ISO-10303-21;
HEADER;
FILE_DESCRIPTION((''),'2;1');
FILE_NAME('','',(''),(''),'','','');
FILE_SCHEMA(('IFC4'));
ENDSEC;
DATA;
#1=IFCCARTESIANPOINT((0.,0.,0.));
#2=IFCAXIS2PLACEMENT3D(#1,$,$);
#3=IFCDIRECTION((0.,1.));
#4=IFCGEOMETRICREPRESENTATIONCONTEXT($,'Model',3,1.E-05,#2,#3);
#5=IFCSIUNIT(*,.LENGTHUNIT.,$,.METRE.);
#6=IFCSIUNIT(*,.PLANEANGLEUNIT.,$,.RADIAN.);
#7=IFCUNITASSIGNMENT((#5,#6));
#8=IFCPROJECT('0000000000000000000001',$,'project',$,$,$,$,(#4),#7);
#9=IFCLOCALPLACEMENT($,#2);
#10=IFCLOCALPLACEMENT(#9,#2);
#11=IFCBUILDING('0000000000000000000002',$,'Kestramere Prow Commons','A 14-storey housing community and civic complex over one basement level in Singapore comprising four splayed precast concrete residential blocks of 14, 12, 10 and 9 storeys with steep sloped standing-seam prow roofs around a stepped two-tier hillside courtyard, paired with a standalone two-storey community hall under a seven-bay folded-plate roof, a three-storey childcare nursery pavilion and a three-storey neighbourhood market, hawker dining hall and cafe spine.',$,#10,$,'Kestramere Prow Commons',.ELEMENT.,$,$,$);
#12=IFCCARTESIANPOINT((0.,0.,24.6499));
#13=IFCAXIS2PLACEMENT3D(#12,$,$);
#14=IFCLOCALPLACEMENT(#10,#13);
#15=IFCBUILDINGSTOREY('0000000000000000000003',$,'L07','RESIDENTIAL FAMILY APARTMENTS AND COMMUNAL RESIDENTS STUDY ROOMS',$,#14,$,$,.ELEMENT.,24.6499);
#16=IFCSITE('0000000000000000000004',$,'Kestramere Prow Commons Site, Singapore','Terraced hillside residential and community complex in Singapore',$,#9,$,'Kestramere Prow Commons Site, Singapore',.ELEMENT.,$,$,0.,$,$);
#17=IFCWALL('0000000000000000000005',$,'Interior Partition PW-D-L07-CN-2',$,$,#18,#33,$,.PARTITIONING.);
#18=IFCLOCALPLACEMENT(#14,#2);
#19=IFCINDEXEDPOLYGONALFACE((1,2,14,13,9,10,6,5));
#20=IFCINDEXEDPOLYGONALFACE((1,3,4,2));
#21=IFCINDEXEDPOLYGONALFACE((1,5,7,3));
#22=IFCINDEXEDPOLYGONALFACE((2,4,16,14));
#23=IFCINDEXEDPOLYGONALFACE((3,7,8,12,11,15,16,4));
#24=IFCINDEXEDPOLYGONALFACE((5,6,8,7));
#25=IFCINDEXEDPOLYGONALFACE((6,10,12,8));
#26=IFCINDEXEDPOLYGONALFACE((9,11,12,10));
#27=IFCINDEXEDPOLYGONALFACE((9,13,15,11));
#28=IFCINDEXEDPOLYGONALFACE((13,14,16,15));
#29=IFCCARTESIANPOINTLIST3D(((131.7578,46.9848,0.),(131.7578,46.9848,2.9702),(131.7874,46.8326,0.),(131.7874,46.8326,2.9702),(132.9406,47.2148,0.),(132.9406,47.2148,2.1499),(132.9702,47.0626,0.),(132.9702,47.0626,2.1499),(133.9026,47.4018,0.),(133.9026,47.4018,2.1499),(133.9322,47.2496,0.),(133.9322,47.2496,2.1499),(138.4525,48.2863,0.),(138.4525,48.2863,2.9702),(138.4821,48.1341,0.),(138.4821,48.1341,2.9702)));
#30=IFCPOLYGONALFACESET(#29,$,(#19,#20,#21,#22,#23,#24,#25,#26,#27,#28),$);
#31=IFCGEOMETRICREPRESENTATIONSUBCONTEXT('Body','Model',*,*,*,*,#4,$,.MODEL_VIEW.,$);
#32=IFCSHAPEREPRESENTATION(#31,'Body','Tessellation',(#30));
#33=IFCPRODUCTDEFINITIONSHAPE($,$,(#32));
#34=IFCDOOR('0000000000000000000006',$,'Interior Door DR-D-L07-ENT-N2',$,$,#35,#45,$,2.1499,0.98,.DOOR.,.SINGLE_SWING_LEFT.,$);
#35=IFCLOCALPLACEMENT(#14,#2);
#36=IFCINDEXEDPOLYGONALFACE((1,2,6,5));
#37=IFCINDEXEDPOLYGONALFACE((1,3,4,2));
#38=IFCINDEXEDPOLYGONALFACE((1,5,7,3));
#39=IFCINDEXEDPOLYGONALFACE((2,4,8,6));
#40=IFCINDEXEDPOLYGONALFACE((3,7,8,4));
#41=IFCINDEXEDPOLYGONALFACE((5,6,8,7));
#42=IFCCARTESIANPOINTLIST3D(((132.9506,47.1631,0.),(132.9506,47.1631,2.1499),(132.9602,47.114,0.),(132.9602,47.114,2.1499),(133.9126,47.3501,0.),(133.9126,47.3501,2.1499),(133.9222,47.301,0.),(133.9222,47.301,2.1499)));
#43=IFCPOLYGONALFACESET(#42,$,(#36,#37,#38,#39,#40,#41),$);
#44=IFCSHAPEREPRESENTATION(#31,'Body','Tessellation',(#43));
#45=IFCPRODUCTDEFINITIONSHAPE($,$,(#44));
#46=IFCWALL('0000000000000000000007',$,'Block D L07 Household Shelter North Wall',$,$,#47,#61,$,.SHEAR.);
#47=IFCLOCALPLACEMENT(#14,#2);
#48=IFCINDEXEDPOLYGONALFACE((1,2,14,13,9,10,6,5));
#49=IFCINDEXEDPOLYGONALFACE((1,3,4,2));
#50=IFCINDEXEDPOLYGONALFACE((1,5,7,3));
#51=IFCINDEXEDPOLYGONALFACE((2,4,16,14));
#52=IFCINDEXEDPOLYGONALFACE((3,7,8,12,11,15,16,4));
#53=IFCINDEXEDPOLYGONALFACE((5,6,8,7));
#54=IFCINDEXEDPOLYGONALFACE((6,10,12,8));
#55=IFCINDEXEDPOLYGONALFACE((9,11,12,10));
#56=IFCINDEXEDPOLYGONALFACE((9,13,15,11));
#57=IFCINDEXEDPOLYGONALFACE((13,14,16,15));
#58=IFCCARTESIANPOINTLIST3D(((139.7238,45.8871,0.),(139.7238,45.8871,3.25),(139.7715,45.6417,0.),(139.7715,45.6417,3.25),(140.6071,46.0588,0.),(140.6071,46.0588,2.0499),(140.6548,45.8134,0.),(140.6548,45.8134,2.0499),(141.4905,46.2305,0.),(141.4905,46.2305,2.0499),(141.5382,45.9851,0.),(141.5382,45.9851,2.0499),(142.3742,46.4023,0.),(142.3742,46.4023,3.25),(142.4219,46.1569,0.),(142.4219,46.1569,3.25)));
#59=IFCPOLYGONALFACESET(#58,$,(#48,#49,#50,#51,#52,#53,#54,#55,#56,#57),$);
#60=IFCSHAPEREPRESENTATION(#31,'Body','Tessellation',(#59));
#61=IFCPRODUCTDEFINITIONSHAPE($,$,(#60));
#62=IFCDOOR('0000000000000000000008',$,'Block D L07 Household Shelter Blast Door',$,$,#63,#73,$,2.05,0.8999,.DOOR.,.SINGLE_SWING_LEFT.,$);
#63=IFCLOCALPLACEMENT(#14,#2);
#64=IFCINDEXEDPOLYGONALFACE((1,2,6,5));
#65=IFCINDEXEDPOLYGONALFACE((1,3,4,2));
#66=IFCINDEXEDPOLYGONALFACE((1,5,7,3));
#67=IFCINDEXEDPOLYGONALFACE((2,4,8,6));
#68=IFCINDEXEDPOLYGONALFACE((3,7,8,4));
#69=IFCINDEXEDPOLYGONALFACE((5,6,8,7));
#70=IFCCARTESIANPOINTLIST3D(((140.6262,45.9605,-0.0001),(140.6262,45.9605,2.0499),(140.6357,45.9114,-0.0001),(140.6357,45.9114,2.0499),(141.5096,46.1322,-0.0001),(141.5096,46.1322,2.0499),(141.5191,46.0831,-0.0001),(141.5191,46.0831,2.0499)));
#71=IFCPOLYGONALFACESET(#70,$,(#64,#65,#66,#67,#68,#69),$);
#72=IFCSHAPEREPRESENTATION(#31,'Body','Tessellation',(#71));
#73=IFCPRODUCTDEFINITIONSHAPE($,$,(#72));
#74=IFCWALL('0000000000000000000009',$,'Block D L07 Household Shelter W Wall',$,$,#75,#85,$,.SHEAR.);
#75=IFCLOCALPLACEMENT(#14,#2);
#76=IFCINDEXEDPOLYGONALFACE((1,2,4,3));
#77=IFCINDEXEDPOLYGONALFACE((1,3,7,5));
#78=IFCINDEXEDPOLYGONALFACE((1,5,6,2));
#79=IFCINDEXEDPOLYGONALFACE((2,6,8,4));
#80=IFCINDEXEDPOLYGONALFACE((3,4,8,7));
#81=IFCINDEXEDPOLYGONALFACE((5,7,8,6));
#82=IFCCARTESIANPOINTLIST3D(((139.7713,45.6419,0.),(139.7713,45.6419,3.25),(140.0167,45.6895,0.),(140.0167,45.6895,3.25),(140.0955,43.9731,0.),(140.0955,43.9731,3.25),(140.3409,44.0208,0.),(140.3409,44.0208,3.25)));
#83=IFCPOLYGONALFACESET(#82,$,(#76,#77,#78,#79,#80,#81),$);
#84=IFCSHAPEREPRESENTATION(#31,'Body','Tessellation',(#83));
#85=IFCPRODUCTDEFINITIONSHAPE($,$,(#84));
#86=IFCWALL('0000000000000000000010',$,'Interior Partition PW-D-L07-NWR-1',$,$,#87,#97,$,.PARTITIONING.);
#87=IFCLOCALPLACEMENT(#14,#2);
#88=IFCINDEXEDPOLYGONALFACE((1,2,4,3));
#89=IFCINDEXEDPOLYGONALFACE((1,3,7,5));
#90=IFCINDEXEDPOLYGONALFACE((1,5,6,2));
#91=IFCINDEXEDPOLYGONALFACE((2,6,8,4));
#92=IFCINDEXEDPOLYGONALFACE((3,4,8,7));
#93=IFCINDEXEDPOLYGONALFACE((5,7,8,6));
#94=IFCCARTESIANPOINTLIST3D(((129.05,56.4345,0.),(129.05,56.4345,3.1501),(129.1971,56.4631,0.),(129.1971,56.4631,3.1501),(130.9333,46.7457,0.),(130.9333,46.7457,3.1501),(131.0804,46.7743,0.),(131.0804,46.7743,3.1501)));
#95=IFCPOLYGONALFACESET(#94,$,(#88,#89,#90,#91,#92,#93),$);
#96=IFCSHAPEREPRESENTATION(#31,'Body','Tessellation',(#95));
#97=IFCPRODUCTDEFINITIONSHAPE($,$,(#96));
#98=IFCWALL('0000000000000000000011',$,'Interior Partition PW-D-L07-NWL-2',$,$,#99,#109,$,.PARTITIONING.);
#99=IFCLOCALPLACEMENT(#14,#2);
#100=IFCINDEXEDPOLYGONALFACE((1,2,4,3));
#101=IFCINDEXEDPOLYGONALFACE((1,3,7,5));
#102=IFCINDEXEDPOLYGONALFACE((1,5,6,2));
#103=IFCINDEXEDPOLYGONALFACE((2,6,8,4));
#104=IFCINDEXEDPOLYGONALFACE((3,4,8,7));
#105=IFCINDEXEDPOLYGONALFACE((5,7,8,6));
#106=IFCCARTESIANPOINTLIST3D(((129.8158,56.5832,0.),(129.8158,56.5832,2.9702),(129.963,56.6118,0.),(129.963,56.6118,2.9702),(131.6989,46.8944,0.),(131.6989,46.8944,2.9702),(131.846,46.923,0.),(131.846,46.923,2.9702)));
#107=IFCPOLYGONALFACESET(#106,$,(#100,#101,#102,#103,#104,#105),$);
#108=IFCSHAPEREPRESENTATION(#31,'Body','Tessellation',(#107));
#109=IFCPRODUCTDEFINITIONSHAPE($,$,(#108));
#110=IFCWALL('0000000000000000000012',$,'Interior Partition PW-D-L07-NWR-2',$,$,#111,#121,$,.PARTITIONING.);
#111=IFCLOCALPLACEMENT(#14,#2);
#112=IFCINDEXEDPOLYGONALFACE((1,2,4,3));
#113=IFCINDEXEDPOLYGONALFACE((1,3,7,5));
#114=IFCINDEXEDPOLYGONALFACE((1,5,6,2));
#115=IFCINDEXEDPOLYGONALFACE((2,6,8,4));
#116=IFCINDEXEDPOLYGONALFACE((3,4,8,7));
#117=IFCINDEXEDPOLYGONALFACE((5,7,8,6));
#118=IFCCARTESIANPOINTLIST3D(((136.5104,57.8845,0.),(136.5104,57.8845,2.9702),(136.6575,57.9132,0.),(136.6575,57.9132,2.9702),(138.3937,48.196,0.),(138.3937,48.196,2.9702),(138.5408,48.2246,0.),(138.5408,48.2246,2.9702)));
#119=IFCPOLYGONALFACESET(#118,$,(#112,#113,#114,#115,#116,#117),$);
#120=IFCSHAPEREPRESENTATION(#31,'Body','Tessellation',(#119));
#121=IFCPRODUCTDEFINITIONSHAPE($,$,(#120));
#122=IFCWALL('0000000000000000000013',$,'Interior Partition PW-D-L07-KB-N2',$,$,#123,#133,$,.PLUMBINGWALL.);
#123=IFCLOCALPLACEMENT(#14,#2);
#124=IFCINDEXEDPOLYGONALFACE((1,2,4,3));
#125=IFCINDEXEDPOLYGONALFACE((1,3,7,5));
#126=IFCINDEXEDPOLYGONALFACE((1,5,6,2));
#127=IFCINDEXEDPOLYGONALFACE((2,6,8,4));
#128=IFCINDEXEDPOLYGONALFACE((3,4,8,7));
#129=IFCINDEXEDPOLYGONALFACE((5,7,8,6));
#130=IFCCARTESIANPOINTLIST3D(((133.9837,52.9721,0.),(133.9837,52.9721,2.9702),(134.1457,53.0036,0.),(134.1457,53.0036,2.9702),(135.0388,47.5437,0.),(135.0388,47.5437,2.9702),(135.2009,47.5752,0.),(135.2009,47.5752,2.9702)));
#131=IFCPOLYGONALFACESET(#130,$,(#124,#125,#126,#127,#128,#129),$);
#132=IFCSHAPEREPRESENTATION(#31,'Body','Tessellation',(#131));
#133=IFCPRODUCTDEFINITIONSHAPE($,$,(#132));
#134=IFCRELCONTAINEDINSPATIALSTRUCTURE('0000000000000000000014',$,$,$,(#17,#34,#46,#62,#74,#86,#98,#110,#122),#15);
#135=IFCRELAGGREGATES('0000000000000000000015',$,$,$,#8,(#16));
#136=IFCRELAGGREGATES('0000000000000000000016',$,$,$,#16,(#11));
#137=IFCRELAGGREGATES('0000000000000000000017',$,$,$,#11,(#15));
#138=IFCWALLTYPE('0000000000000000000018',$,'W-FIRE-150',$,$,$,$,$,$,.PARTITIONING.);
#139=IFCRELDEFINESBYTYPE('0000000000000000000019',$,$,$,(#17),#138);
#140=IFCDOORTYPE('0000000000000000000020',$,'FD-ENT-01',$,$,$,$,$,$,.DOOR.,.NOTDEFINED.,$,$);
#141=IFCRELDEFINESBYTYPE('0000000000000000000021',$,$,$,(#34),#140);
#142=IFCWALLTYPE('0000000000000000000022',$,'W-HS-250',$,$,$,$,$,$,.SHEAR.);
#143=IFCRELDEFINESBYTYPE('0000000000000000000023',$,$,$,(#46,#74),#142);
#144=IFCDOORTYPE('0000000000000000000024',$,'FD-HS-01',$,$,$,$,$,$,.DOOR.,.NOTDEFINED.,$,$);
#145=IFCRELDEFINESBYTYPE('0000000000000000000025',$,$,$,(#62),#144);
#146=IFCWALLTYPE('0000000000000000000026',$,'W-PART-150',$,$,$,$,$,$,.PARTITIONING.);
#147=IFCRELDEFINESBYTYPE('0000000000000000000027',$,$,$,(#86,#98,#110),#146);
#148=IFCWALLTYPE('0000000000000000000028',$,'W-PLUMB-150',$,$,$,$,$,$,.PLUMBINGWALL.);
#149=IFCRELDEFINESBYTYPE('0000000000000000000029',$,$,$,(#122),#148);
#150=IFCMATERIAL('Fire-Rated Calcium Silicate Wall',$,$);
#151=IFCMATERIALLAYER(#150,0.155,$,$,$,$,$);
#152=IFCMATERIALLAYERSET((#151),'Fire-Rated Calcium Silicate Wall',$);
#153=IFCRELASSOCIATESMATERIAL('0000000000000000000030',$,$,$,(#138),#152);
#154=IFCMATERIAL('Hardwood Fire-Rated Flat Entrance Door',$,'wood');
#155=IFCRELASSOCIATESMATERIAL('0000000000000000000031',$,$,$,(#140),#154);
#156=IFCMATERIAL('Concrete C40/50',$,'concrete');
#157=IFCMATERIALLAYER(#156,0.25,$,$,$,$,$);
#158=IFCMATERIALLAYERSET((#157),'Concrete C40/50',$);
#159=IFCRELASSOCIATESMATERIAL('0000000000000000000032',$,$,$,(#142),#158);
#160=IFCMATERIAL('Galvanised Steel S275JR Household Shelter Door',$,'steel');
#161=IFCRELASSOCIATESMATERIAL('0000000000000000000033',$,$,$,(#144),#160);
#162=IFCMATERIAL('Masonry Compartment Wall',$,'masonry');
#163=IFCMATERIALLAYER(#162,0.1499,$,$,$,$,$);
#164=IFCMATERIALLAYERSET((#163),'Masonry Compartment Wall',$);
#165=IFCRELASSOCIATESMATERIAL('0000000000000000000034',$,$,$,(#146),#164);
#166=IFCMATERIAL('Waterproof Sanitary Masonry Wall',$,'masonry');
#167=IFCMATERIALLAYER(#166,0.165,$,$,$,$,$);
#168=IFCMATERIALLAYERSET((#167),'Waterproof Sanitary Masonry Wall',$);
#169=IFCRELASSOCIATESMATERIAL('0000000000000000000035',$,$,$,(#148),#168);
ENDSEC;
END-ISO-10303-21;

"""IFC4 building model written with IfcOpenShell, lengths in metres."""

from ifc_helpers import new_model, si_unit, direction, frame, frame_2d, origin, place, context, subcontext, project, spatial, rectangle, extrude, material, layer, layer_set, type_object, element, fill, save


model = new_model("IFC4")

# Units and contexts
model_context = context("Model", 3, precision=1e-05, world=origin(), true_north=direction((0.0, 1.0)))
body_context = subcontext(model_context, "Body", "Model", "MODEL_VIEW")
ifc_project = project(units=[si_unit("LENGTHUNIT", "METRE"), si_unit("PLANEANGLEUNIT", "RADIAN")], contexts=[model_context])

# Site, building, storey
site_placement = place(None, origin())
site = spatial("IfcSite", under=ifc_project, at=site_placement, Name="Kestramere Prow Commons Site, Singapore", Description="Terraced hillside residential and community complex in Singapore", LongName="Kestramere Prow Commons Site, Singapore", CompositionType="ELEMENT", RefElevation=0.0)
building_placement = place(site_placement, origin())
building = spatial("IfcBuilding", under=site, at=building_placement, Name="Kestramere Prow Commons", Description="A 14-storey housing community and civic complex over one basement level in Singapore comprising four splayed precast concrete residential blocks of 14, 12, 10 and 9 storeys with steep sloped standing-seam prow roofs around a stepped two-tier hillside courtyard, paired with a standalone two-storey community hall under a seven-bay folded-plate roof, a three-storey childcare nursery pavilion and a three-storey neighbourhood market, hawker dining hall and cafe spine.", LongName="Kestramere Prow Commons", CompositionType="ELEMENT")
storey_placement = place(building_placement, frame((0.0, 0.0, 24.6499)))
storey = spatial("IfcBuildingStorey", under=building, at=storey_placement, Name="L07", Description="RESIDENTIAL FAMILY APARTMENTS AND COMMUNAL RESIDENTS STUDY ROOMS", CompositionType="ELEMENT", Elevation=24.6499)

# Walls, openings, doors
ifc_material_1 = material(Name="Fire-Rated Calcium Silicate Wall")
ifc_layer_1 = layer(ifc_material_1, 0.155)
ifc_layer_set_1 = layer_set([ifc_layer_1], Name="Fire-Rated Calcium Silicate Wall")
wall_type_1 = type_object("IfcWallType", Name="W-FIRE-150", PredefinedType="PARTITIONING", material=ifc_layer_set_1)
ifc_material_2 = material(Name="Hardwood Fire-Rated Flat Entrance Door", Category="wood")
wall_1_placement = place(storey_placement, frame((131.7725, 46.9087, 0.0), z_axis=(0.0, 0.0, 1.0), x_axis=(0.981622, 0.190833, 0.0)))
wall_1 = element("IfcWall", 1, at=wall_1_placement, inside=storey, type_object=wall_type_1, Name="Interior Partition PW-D-L07-CN-2", PredefinedType="PARTITIONING", context=body_context, shape_type="SweptSolid", body=[
    extrude(rectangle(XDim=6.8201, YDim=0.155, at=frame_2d((3.4102, 0.0))), origin(), (0.0, 0.0, 1.0), 2.9702),
])
opening_1_placement = place(wall_1_placement, frame((1.2051, 0.0, 0.0)))
opening_1 = element("IfcOpeningElement", 2, at=opening_1_placement, cuts=wall_1, PredefinedType="OPENING", context=body_context, shape_type="SweptSolid", body=[
    extrude(rectangle(XDim=0.98, YDim=2.1499, at=frame_2d((0.49, 1.075))), frame((0.0, 0.0925, 0.0), z_axis=(0.0, -1.0, 0.0), x_axis=(1.0, 0.0, 0.0)), (0.0, 0.0, 1.0), 0.1851),
])
door_type_1 = type_object("IfcDoorType", Name="FD-ENT-01", OperationType="NOTDEFINED", PredefinedType="DOOR", material=ifc_material_2)
door_1_placement = place(opening_1_placement, origin())
door_1 = element("IfcDoor", 3, at=door_1_placement, inside=storey, type_object=door_type_1, Name="Interior Door DR-D-L07-ENT-N2", OperationType="SINGLE_SWING_LEFT", OverallHeight=2.1499, OverallWidth=0.98, PredefinedType="DOOR", context=body_context, shape_type="SweptSolid", body=[
    extrude(rectangle(XDim=0.98, YDim=2.1499, at=frame_2d((0.49, 1.075))), frame((0.0, 0.0249, 0.0), z_axis=(0.0, -1.0, 0.0), x_axis=(1.0, 0.0, 0.0)), (0.0, 0.0, 1.0), 0.05),
])
fill(opening_1, door_1)
ifc_material_3 = material(Name="Concrete C40/50", Category="concrete")
ifc_layer_2 = layer(ifc_material_3, 0.25)
ifc_layer_set_2 = layer_set([ifc_layer_2], Name="Concrete C40/50")
wall_type_2 = type_object("IfcWallType", Name="W-HS-250", PredefinedType="SHEAR", material=ifc_layer_set_2)
wall_2_placement = place(storey_placement, frame((139.7476, 45.7644, 0.0), z_axis=(0.0, 0.0, 1.0), x_axis=(0.98163, 0.190792, 0.0)))
wall_2 = element("IfcWall", 4, at=wall_2_placement, inside=storey, type_object=wall_type_2, Name="Block D L07 Household Shelter North Wall", PredefinedType="SHEAR", context=body_context, shape_type="SweptSolid", body=[
    extrude(rectangle(XDim=2.7, YDim=0.25, at=frame_2d((1.3501, 0.0))), origin(), (0.0, 0.0, 1.0), 3.25),
])
opening_2_placement = place(wall_2_placement, frame((0.8999, 0.0, 0.0)))
opening_2 = element("IfcOpeningElement", 5, at=opening_2_placement, cuts=wall_2, PredefinedType="OPENING", context=body_context, shape_type="SweptSolid", body=[
    extrude(rectangle(XDim=0.8999, YDim=2.05, at=frame_2d((0.45, 1.0249))), frame((0.0, 0.1399, 0.0), z_axis=(0.0, -1.0, 0.0), x_axis=(1.0, 0.0, 0.0)), (0.0, 0.0, 1.0), 0.28),
])
ifc_material_4 = material(Name="Galvanised Steel S275JR Household Shelter Door", Category="steel")
door_type_2 = type_object("IfcDoorType", Name="FD-HS-01", OperationType="NOTDEFINED", PredefinedType="DOOR", material=ifc_material_4)
door_2_placement = place(opening_2_placement, origin())
door_2 = element("IfcDoor", 6, at=door_2_placement, inside=storey, type_object=door_type_2, Name="Block D L07 Household Shelter Blast Door", OperationType="SINGLE_SWING_LEFT", OverallHeight=2.05, OverallWidth=0.8999, PredefinedType="DOOR", context=body_context, shape_type="SweptSolid", body=[
    extrude(rectangle(XDim=0.8999, YDim=2.05, at=frame_2d((0.45, 1.0249))), frame((0.0, 0.0249, 0.0), z_axis=(0.0, -1.0, 0.0), x_axis=(1.0, 0.0, 0.0)), (0.0, 0.0, 1.0), 0.05),
])
fill(opening_2, door_2)

# Walls
wall_3_placement = place(storey_placement, frame((140.2183, 43.9968, 0.0), z_axis=(0.0, 0.0, 1.0), x_axis=(-0.190727, 0.981643, 0.0)))
element("IfcWall", 7, at=wall_3_placement, inside=storey, type_object=wall_type_2, Name="Block D L07 Household Shelter W Wall", PredefinedType="SHEAR", context=body_context, shape_type="SweptSolid", body=[
    extrude(rectangle(XDim=1.7, YDim=0.25, at=frame_2d((0.8501, 0.0))), origin(), (0.0, 0.0, 1.0), 3.25),
])
ifc_material_5 = material(Name="Masonry Compartment Wall", Category="masonry")
ifc_layer_3 = layer(ifc_material_5, 0.1499)
ifc_layer_set_3 = layer_set([ifc_layer_3], Name="Masonry Compartment Wall")
wall_type_3 = type_object("IfcWallType", Name="W-PART-150", PredefinedType="PARTITIONING", material=ifc_layer_set_3)
wall_4_placement = place(storey_placement, frame((131.0068, 46.76, 0.0), z_axis=(0.0, 0.0, 1.0), x_axis=(-0.190809, 0.981627, 0.0)))
element("IfcWall", 8, at=wall_4_placement, inside=storey, type_object=wall_type_3, Name="Interior Partition PW-D-L07-NWR-1", PredefinedType="PARTITIONING", context=body_context, shape_type="SweptSolid", body=[
    extrude(rectangle(XDim=9.8701, YDim=0.1499, at=frame_2d((4.9351, 0.0))), origin(), (0.0, 0.0, 1.0), 3.1501),
])
wall_5_placement = place(storey_placement, frame((131.7725, 46.9087, 0.0), z_axis=(0.0, 0.0, 1.0), x_axis=(-0.190786, 0.981632, 0.0)))
element("IfcWall", 9, at=wall_5_placement, inside=storey, type_object=wall_type_3, Name="Interior Partition PW-D-L07-NWL-2", PredefinedType="PARTITIONING", context=body_context, shape_type="SweptSolid", body=[
    extrude(rectangle(XDim=9.8701, YDim=0.1499, at=frame_2d((4.9351, 0.0))), origin(), (0.0, 0.0, 1.0), 2.9702),
])
wall_6_placement = place(storey_placement, frame((138.4673, 48.2102, 0.0), z_axis=(0.0, 0.0, 1.0), x_axis=(-0.190814, 0.981626, 0.0)))
element("IfcWall", 10, at=wall_6_placement, inside=storey, type_object=wall_type_3, Name="Interior Partition PW-D-L07-NWR-2", PredefinedType="PARTITIONING", context=body_context, shape_type="SweptSolid", body=[
    extrude(rectangle(XDim=9.8699, YDim=0.1499, at=frame_2d((4.9351, 0.0))), origin(), (0.0, 0.0, 1.0), 2.9702),
])
ifc_material_6 = material(Name="Waterproof Sanitary Masonry Wall", Category="masonry")
ifc_layer_4 = layer(ifc_material_6, 0.165)
ifc_layer_set_4 = layer_set([ifc_layer_4], Name="Waterproof Sanitary Masonry Wall")
wall_type_4 = type_object("IfcWallType", Name="W-PLUMB-150", PredefinedType="PLUMBINGWALL", material=ifc_layer_set_4)
wall_7_placement = place(storey_placement, frame((135.1199, 47.5593, 0.0), z_axis=(0.0, 0.0, 1.0), x_axis=(-0.190807, 0.981628, 0.0)))
element("IfcWall", 11, at=wall_7_placement, inside=storey, type_object=wall_type_4, Name="Interior Partition PW-D-L07-KB-N2", PredefinedType="PLUMBINGWALL", context=body_context, shape_type="SweptSolid", body=[
    extrude(rectangle(XDim=5.53, YDim=0.165, at=frame_2d((2.7651, 0.0))), origin(), (0.0, 0.0, 1.0), 2.9702),
])

save(model, "model.ifc")
